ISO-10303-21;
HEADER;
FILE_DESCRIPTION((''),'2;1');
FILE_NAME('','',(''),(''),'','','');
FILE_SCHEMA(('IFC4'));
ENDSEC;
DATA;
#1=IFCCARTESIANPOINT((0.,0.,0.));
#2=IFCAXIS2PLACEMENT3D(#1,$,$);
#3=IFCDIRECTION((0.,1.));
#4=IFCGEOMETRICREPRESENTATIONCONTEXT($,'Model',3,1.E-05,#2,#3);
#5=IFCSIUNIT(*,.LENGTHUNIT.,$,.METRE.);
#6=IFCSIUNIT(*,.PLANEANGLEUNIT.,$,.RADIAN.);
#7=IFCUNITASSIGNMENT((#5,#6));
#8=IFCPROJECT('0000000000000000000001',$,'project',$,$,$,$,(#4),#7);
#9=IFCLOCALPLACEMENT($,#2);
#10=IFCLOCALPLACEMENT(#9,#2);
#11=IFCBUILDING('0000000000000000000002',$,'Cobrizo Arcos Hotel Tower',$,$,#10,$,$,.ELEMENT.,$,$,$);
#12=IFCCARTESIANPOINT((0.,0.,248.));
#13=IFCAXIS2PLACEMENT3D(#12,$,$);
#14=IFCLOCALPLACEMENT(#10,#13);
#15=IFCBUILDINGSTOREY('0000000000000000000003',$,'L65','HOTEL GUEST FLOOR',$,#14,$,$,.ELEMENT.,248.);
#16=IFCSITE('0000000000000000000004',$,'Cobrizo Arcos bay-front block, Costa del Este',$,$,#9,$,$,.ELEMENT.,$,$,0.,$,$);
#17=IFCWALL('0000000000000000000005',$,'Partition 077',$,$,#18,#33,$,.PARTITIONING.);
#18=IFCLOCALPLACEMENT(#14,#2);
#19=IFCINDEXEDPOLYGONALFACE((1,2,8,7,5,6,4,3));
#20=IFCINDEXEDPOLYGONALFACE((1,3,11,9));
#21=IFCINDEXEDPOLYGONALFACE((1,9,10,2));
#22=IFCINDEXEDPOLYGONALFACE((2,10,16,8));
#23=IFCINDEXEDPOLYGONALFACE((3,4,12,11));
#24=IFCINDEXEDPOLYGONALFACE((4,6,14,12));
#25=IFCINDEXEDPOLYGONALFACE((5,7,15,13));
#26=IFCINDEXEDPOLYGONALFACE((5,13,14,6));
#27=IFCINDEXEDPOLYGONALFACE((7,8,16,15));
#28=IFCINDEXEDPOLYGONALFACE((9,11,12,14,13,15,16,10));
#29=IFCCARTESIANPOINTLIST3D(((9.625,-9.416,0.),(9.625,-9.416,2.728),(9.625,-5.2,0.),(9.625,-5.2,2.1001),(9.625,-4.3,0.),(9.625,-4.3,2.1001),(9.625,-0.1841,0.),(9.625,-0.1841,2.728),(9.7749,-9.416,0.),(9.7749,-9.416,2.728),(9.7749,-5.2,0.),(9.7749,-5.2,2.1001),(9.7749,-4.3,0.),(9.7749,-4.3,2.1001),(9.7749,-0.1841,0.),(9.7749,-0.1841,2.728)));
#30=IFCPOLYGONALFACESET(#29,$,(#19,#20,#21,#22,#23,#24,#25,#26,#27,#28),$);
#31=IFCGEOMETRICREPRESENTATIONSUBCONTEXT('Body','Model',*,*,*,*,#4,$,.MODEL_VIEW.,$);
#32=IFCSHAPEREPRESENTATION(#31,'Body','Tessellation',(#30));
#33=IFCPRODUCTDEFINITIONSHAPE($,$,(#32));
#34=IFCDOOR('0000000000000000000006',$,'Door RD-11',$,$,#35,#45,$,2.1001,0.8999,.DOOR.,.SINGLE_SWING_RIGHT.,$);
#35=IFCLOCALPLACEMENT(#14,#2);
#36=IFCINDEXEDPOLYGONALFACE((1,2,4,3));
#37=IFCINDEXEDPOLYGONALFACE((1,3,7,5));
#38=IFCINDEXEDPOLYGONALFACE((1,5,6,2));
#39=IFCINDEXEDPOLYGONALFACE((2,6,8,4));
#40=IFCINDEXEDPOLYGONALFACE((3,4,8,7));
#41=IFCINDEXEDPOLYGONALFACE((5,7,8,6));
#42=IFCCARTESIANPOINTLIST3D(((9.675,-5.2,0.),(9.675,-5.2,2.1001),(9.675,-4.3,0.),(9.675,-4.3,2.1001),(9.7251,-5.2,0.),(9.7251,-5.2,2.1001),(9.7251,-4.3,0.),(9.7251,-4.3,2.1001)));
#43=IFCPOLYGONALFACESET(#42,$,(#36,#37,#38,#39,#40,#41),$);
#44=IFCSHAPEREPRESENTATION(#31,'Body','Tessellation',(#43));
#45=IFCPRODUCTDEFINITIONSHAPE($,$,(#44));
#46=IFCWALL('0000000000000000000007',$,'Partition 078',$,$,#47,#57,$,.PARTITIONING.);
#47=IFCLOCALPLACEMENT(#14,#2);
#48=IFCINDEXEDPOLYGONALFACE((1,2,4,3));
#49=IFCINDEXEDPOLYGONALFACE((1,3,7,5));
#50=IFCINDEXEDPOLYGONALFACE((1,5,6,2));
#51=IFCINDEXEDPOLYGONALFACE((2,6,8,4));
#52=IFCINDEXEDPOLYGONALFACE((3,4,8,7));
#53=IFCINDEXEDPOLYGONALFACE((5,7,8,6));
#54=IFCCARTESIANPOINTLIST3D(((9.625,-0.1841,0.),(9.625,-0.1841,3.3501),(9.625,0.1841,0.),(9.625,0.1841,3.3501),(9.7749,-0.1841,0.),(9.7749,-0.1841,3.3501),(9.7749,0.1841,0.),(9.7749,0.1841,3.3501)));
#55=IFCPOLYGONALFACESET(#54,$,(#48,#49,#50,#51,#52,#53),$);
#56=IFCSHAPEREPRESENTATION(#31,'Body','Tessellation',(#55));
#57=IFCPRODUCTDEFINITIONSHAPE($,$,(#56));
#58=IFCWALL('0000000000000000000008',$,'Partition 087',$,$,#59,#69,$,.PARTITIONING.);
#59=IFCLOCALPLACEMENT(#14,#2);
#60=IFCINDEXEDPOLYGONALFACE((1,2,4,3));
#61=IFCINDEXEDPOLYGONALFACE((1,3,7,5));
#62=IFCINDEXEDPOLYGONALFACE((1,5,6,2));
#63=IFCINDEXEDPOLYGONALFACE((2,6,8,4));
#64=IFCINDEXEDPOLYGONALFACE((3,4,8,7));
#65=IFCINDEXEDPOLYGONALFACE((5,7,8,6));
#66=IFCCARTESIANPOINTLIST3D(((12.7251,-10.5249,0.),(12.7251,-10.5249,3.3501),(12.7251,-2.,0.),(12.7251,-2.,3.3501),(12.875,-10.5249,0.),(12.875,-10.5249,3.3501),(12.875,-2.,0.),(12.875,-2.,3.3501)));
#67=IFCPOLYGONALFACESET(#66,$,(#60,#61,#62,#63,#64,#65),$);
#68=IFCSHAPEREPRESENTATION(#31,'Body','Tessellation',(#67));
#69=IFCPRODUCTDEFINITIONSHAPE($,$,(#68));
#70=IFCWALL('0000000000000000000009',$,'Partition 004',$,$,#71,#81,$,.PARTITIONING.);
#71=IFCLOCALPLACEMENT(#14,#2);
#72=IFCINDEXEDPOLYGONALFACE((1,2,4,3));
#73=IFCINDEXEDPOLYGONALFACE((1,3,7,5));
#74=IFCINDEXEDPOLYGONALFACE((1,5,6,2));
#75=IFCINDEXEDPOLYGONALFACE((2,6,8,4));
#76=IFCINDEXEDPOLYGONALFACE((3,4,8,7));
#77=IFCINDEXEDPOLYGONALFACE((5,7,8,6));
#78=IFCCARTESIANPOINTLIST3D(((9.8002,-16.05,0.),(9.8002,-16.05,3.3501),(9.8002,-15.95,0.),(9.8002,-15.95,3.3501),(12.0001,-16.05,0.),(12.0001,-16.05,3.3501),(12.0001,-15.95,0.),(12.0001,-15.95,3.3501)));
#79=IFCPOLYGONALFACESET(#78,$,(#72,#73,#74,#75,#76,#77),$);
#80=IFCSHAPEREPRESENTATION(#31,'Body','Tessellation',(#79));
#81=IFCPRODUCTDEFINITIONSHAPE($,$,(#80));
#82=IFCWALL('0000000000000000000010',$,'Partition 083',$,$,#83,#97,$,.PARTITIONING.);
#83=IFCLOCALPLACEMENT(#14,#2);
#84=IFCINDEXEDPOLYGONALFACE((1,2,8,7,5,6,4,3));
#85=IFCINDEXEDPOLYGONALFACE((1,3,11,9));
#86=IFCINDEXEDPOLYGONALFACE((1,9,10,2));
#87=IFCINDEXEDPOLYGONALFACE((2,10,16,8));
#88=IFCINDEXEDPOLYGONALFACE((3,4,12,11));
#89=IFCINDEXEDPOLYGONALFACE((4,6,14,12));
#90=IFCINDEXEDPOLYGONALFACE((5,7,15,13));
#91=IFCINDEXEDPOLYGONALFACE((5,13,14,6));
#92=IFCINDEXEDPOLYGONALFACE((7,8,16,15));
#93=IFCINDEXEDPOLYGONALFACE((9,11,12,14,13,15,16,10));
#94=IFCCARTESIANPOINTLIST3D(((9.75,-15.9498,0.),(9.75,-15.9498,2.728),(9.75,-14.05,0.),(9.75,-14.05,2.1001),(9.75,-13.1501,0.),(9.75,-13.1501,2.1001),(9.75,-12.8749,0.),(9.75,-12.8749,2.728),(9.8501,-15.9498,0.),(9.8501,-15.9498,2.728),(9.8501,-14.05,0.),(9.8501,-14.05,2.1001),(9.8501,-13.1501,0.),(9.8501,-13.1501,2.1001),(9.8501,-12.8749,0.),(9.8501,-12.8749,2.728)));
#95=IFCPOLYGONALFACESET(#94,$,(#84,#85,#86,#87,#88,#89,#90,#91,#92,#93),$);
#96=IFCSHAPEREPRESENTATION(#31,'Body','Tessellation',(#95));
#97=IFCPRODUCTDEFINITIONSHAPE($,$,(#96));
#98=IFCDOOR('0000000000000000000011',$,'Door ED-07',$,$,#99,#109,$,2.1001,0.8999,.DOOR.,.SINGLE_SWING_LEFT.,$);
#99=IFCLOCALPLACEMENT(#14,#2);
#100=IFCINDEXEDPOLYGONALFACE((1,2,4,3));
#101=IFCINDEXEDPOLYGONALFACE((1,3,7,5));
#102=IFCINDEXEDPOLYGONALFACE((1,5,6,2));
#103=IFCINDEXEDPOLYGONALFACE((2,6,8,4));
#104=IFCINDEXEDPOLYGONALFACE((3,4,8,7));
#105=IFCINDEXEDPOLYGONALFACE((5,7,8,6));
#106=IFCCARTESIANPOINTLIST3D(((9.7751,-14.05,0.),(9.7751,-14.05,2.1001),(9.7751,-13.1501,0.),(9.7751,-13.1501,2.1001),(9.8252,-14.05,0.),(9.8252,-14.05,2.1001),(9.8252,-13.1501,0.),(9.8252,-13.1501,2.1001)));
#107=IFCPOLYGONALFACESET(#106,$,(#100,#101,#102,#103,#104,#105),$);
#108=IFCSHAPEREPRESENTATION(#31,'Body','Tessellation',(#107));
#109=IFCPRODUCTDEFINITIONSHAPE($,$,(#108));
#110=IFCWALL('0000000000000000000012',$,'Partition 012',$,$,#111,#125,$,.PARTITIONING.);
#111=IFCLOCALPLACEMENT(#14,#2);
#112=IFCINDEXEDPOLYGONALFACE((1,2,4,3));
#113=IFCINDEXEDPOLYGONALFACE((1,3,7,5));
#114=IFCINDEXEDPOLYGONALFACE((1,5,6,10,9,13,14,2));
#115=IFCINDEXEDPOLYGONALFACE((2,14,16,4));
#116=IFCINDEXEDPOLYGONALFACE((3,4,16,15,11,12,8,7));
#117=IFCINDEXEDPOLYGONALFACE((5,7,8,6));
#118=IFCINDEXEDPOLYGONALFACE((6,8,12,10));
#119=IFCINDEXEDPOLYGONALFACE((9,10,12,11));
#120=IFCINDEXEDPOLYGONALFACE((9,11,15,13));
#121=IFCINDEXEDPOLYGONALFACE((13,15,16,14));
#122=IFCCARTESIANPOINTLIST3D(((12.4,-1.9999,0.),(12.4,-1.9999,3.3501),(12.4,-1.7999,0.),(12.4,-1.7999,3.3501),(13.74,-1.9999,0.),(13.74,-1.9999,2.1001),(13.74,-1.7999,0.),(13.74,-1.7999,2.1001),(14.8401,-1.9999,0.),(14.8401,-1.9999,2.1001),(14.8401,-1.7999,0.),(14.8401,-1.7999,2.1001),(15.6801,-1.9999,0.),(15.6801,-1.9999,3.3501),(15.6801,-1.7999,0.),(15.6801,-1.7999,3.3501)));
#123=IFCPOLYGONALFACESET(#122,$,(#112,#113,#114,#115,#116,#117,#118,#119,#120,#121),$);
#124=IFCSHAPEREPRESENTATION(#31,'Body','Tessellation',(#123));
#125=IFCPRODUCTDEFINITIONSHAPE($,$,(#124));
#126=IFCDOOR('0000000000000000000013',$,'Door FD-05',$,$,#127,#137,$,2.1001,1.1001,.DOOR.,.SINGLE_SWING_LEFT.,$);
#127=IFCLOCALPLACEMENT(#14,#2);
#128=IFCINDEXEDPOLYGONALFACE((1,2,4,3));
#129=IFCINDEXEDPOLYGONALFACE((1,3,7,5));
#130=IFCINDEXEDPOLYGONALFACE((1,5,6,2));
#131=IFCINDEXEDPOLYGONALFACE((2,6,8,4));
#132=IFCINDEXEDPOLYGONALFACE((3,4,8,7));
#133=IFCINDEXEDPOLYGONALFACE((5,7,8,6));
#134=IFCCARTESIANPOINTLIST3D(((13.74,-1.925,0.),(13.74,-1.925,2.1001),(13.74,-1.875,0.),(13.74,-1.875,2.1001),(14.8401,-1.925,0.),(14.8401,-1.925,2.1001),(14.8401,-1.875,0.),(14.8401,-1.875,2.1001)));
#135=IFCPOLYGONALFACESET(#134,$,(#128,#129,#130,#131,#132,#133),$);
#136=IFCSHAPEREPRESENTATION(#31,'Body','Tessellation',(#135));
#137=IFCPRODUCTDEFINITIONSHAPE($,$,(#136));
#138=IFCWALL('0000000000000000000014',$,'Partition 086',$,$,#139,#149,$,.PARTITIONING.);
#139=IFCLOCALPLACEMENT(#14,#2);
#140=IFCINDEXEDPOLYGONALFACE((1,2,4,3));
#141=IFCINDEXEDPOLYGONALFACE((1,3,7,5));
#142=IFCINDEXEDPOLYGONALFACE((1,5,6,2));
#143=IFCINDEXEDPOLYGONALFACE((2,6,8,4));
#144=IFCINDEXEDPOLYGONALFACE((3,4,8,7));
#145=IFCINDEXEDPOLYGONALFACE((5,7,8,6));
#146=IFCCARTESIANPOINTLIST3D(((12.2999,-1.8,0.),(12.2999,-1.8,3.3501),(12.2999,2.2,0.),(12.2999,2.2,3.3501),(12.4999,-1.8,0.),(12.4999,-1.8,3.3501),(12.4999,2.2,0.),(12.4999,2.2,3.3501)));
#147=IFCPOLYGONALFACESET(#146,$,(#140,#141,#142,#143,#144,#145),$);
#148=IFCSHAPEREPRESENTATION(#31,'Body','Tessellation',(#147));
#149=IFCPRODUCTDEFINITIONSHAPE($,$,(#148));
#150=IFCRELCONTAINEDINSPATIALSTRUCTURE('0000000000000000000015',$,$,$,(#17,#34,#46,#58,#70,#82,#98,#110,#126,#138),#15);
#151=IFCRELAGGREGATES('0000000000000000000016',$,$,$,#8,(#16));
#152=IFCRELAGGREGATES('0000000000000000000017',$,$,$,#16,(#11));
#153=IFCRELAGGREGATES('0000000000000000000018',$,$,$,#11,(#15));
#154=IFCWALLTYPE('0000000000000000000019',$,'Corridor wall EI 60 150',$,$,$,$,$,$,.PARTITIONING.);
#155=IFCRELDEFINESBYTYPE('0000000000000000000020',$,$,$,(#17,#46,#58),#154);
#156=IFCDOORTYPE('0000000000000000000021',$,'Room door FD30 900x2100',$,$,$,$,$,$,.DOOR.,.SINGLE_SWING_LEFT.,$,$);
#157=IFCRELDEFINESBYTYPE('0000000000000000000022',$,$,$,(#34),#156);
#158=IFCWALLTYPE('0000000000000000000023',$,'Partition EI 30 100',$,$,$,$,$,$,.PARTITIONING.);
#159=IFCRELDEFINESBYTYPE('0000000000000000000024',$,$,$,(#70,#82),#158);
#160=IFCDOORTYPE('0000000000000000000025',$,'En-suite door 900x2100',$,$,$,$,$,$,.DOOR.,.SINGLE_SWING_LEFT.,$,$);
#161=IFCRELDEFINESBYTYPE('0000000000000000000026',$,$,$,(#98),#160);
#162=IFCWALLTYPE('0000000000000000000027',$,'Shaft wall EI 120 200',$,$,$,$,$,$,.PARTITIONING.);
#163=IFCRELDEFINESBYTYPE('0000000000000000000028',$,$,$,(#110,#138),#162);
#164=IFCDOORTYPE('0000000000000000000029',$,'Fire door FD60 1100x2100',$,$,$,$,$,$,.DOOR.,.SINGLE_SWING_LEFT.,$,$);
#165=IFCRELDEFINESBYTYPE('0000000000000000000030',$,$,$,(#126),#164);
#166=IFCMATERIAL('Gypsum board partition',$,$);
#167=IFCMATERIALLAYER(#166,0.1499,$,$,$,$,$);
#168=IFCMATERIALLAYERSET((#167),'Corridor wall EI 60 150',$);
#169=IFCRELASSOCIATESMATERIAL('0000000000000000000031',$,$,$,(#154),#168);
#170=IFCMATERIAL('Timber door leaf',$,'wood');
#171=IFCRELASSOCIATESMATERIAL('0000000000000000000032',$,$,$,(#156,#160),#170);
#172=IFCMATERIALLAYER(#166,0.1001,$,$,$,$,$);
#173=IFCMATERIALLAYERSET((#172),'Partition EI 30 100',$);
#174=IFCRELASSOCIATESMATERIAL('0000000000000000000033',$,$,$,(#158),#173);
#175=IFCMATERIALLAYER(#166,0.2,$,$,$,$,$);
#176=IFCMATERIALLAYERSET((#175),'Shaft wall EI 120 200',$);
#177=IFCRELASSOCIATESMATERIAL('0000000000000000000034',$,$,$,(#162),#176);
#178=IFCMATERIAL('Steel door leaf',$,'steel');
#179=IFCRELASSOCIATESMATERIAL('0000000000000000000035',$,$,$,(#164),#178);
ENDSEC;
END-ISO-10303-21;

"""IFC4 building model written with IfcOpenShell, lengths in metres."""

from ifc_helpers import new_model, si_unit, direction, frame, frame_2d, origin, place, context, subcontext, project, spatial, rectangle, extrude, material, layer, layer_set, type_object, element, fill, save


model = new_model("IFC4")

# Units and contexts
model_context = context("Model", 3, precision=1e-05, world=origin(), true_north=direction((0.0, 1.0)))
body_context = subcontext(model_context, "Body", "Model", "MODEL_VIEW")
ifc_project = project(units=[si_unit("LENGTHUNIT", "METRE"), si_unit("PLANEANGLEUNIT", "RADIAN")], contexts=[model_context])

# Site, building, storey
site_placement = place(None, origin())
site = spatial("IfcSite", under=ifc_project, at=site_placement, Name="Cobrizo Arcos bay-front block, Costa del Este", CompositionType="ELEMENT", RefElevation=0.0)
building_placement = place(site_placement, origin())
building = spatial("IfcBuilding", under=site, at=building_placement, Name="Cobrizo Arcos Hotel Tower", CompositionType="ELEMENT")
storey_placement = place(building_placement, frame((0.0, 0.0, 248.0)))
storey = spatial("IfcBuildingStorey", under=building, at=storey_placement, Name="L65", Description="HOTEL GUEST FLOOR", CompositionType="ELEMENT", Elevation=248.0)

# Shared definitions
ifc_material_1 = material(Name="Gypsum board partition")
ifc_layer_1 = layer(ifc_material_1, 0.1499)
ifc_layer_set_1 = layer_set([ifc_layer_1], Name="Corridor wall EI 60 150")
wall_type_1 = type_object("IfcWallType", Name="Corridor wall EI 60 150", PredefinedType="PARTITIONING", material=ifc_layer_set_1)

# Wall, opening, door
wall_1_placement = place(storey_placement, frame((9.7, -9.416, 0.0), z_axis=(0.0, 0.0, 1.0), x_axis=(0.0, 1.0, 0.0)))
wall_1 = element("IfcWall", 1, at=wall_1_placement, inside=storey, type_object=wall_type_1, Name="Partition 077", PredefinedType="PARTITIONING", context=body_context, shape_type="SweptSolid", body=[
    extrude(rectangle(XDim=9.2319, YDim=0.1499, at=frame_2d((4.616, 0.0))), origin(), (0.0, 0.0, 1.0), 2.728),
])
opening_1_placement = place(wall_1_placement, frame((4.2161, 0.0, 0.0)))
opening_1 = element("IfcOpeningElement", 2, at=opening_1_placement, cuts=wall_1, PredefinedType="OPENING", context=body_context, shape_type="SweptSolid", body=[
    extrude(rectangle(XDim=0.8999, YDim=2.1001, at=frame_2d((0.45, 1.05))), frame((0.0, 0.0869, 0.0), z_axis=(0.0, -1.0, 0.0), x_axis=(1.0, 0.0, 0.0)), (0.0, 0.0, 1.0), 0.1738),
])
ifc_material_2 = material(Name="Timber door leaf", Category="wood")
door_type_1 = type_object("IfcDoorType", Name="Room door FD30 900x2100", OperationType="SINGLE_SWING_LEFT", PredefinedType="DOOR", material=ifc_material_2)
door_1_placement = place(opening_1_placement, origin())
door_1 = element("IfcDoor", 3, at=door_1_placement, inside=storey, type_object=door_type_1, Name="Door RD-11", OperationType="SINGLE_SWING_RIGHT", OverallHeight=2.1001, OverallWidth=0.8999, PredefinedType="DOOR", context=body_context, shape_type="SweptSolid", body=[
    extrude(rectangle(XDim=0.8999, YDim=2.1001, at=frame_2d((0.45, 1.05))), frame((0.0, 0.0249, 0.0), z_axis=(0.0, -1.0, 0.0), x_axis=(1.0, 0.0, 0.0)), (0.0, 0.0, 1.0), 0.05),
])
fill(opening_1, door_1)

# Walls
wall_2_placement = place(storey_placement, frame((9.7, -0.1841, 0.0), z_axis=(0.0, 0.0, 1.0), x_axis=(0.0, 1.0, 0.0)))
element("IfcWall", 4, at=wall_2_placement, inside=storey, type_object=wall_type_1, Name="Partition 078", PredefinedType="PARTITIONING", context=body_context, shape_type="SweptSolid", body=[
    extrude(rectangle(XDim=0.3682, YDim=0.1499, at=frame_2d((0.1841, 0.0))), origin(), (0.0, 0.0, 1.0), 3.3501),
])
wall_3_placement = place(storey_placement, frame((12.8, -10.5249, 0.0), z_axis=(0.0, 0.0, 1.0), x_axis=(0.0, 1.0, 0.0)))
element("IfcWall", 5, at=wall_3_placement, inside=storey, type_object=wall_type_1, Name="Partition 087", PredefinedType="PARTITIONING", context=body_context, shape_type="SweptSolid", body=[
    extrude(rectangle(XDim=8.5249, YDim=0.1499, at=frame_2d((4.2625, 0.0))), origin(), (0.0, 0.0, 1.0), 3.3501),
])
ifc_layer_2 = layer(ifc_material_1, 0.1001)
ifc_layer_set_2 = layer_set([ifc_layer_2], Name="Partition EI 30 100")
wall_type_2 = type_object("IfcWallType", Name="Partition EI 30 100", PredefinedType="PARTITIONING", material=ifc_layer_set_2)
wall_4_placement = place(storey_placement, frame((9.8, -16.0, 0.0), z_axis=(0.0, 0.0, 1.0), x_axis=(1.0, 0.0, 0.0)))
element("IfcWall", 6, at=wall_4_placement, inside=storey, type_object=wall_type_2, Name="Partition 004", PredefinedType="PARTITIONING", context=body_context, shape_type="SweptSolid", body=[
    extrude(rectangle(XDim=2.2, YDim=0.1001, at=frame_2d((1.1001, 0.0))), origin(), (0.0, 0.0, 1.0), 3.3501),
])

# Walls, openings, doors
wall_5_placement = place(storey_placement, frame((9.8, -15.95, 0.0), z_axis=(0.0, 0.0, 1.0), x_axis=(0.0, 1.0, 0.0)))
wall_5 = element("IfcWall", 7, at=wall_5_placement, inside=storey, type_object=wall_type_2, Name="Partition 083", PredefinedType="PARTITIONING", context=body_context, shape_type="SweptSolid", body=[
    extrude(rectangle(XDim=3.075, YDim=0.1001, at=frame_2d((1.5376, 0.0))), origin(), (0.0, 0.0, 1.0), 2.728),
])
opening_2_placement = place(wall_5_placement, frame((1.8999, 0.0, 0.0)))
opening_2 = element("IfcOpeningElement", 8, at=opening_2_placement, cuts=wall_5, PredefinedType="OPENING", context=body_context, shape_type="SweptSolid", body=[
    extrude(rectangle(XDim=0.8999, YDim=2.1001, at=frame_2d((0.45, 1.05))), frame((0.0, 0.062, 0.0), z_axis=(0.0, -1.0, 0.0), x_axis=(1.0, 0.0, 0.0)), (0.0, 0.0, 1.0), 0.124),
])
door_type_2 = type_object("IfcDoorType", Name="En-suite door 900x2100", OperationType="SINGLE_SWING_LEFT", PredefinedType="DOOR", material=ifc_material_2)
door_2_placement = place(opening_2_placement, origin())
door_2 = element("IfcDoor", 9, at=door_2_placement, inside=storey, type_object=door_type_2, Name="Door ED-07", OperationType="SINGLE_SWING_LEFT", OverallHeight=2.1001, OverallWidth=0.8999, PredefinedType="DOOR", context=body_context, shape_type="SweptSolid", body=[
    extrude(rectangle(XDim=0.8999, YDim=2.1001, at=frame_2d((0.45, 1.05))), frame((0.0, 0.0249, 0.0), z_axis=(0.0, -1.0, 0.0), x_axis=(1.0, 0.0, 0.0)), (0.0, 0.0, 1.0), 0.05),
])
fill(opening_2, door_2)
ifc_layer_3 = layer(ifc_material_1, 0.2)
ifc_layer_set_3 = layer_set([ifc_layer_3], Name="Shaft wall EI 120 200")
wall_type_3 = type_object("IfcWallType", Name="Shaft wall EI 120 200", PredefinedType="PARTITIONING", material=ifc_layer_set_3)
wall_6_placement = place(storey_placement, frame((12.3999, -1.8999, 0.0), z_axis=(0.0, 0.0, 1.0), x_axis=(1.0, 0.0, 0.0)))
wall_6 = element("IfcWall", 10, at=wall_6_placement, inside=storey, type_object=wall_type_3, Name="Partition 012", PredefinedType="PARTITIONING", context=body_context, shape_type="SweptSolid", body=[
    extrude(rectangle(XDim=3.28, YDim=0.2, at=frame_2d((1.6401, 0.0))), origin(), (0.0, 0.0, 1.0), 3.3501),
])
opening_3_placement = place(wall_6_placement, frame((1.3401, 0.0, 0.0)))
opening_3 = element("IfcOpeningElement", 11, at=opening_3_placement, cuts=wall_6, PredefinedType="OPENING", context=body_context, shape_type="SweptSolid", body=[
    extrude(rectangle(XDim=1.1001, YDim=2.1001, at=frame_2d((0.55, 1.05))), frame((0.0, 0.1121, 0.0), z_axis=(0.0, -1.0, 0.0), x_axis=(1.0, 0.0, 0.0)), (0.0, 0.0, 1.0), 0.2239),
])
ifc_material_3 = material(Name="Steel door leaf", Category="steel")
door_type_3 = type_object("IfcDoorType", Name="Fire door FD60 1100x2100", OperationType="SINGLE_SWING_LEFT", PredefinedType="DOOR", material=ifc_material_3)
door_3_placement = place(opening_3_placement, origin())
door_3 = element("IfcDoor", 12, at=door_3_placement, inside=storey, type_object=door_type_3, Name="Door FD-05", OperationType="SINGLE_SWING_LEFT", OverallHeight=2.1001, OverallWidth=1.1001, PredefinedType="DOOR", context=body_context, shape_type="SweptSolid", body=[
    extrude(rectangle(XDim=1.1001, YDim=2.1001, at=frame_2d((0.55, 1.05))), frame((0.0, 0.0249, 0.0), z_axis=(0.0, -1.0, 0.0), x_axis=(1.0, 0.0, 0.0)), (0.0, 0.0, 1.0), 0.05),
])
fill(opening_3, door_3)

# Wall
wall_7_placement = place(storey_placement, frame((12.3999, -1.8, 0.0), z_axis=(0.0, 0.0, 1.0), x_axis=(0.0, 1.0, 0.0)))
element("IfcWall", 13, at=wall_7_placement, inside=storey, type_object=wall_type_3, Name="Partition 086", PredefinedType="PARTITIONING", context=body_context, shape_type="SweptSolid", body=[
    extrude(rectangle(XDim=4.0, YDim=0.2, at=frame_2d((2.0, 0.0))), origin(), (0.0, 0.0, 1.0), 3.3501),
])

save(model, "model.ifc")
